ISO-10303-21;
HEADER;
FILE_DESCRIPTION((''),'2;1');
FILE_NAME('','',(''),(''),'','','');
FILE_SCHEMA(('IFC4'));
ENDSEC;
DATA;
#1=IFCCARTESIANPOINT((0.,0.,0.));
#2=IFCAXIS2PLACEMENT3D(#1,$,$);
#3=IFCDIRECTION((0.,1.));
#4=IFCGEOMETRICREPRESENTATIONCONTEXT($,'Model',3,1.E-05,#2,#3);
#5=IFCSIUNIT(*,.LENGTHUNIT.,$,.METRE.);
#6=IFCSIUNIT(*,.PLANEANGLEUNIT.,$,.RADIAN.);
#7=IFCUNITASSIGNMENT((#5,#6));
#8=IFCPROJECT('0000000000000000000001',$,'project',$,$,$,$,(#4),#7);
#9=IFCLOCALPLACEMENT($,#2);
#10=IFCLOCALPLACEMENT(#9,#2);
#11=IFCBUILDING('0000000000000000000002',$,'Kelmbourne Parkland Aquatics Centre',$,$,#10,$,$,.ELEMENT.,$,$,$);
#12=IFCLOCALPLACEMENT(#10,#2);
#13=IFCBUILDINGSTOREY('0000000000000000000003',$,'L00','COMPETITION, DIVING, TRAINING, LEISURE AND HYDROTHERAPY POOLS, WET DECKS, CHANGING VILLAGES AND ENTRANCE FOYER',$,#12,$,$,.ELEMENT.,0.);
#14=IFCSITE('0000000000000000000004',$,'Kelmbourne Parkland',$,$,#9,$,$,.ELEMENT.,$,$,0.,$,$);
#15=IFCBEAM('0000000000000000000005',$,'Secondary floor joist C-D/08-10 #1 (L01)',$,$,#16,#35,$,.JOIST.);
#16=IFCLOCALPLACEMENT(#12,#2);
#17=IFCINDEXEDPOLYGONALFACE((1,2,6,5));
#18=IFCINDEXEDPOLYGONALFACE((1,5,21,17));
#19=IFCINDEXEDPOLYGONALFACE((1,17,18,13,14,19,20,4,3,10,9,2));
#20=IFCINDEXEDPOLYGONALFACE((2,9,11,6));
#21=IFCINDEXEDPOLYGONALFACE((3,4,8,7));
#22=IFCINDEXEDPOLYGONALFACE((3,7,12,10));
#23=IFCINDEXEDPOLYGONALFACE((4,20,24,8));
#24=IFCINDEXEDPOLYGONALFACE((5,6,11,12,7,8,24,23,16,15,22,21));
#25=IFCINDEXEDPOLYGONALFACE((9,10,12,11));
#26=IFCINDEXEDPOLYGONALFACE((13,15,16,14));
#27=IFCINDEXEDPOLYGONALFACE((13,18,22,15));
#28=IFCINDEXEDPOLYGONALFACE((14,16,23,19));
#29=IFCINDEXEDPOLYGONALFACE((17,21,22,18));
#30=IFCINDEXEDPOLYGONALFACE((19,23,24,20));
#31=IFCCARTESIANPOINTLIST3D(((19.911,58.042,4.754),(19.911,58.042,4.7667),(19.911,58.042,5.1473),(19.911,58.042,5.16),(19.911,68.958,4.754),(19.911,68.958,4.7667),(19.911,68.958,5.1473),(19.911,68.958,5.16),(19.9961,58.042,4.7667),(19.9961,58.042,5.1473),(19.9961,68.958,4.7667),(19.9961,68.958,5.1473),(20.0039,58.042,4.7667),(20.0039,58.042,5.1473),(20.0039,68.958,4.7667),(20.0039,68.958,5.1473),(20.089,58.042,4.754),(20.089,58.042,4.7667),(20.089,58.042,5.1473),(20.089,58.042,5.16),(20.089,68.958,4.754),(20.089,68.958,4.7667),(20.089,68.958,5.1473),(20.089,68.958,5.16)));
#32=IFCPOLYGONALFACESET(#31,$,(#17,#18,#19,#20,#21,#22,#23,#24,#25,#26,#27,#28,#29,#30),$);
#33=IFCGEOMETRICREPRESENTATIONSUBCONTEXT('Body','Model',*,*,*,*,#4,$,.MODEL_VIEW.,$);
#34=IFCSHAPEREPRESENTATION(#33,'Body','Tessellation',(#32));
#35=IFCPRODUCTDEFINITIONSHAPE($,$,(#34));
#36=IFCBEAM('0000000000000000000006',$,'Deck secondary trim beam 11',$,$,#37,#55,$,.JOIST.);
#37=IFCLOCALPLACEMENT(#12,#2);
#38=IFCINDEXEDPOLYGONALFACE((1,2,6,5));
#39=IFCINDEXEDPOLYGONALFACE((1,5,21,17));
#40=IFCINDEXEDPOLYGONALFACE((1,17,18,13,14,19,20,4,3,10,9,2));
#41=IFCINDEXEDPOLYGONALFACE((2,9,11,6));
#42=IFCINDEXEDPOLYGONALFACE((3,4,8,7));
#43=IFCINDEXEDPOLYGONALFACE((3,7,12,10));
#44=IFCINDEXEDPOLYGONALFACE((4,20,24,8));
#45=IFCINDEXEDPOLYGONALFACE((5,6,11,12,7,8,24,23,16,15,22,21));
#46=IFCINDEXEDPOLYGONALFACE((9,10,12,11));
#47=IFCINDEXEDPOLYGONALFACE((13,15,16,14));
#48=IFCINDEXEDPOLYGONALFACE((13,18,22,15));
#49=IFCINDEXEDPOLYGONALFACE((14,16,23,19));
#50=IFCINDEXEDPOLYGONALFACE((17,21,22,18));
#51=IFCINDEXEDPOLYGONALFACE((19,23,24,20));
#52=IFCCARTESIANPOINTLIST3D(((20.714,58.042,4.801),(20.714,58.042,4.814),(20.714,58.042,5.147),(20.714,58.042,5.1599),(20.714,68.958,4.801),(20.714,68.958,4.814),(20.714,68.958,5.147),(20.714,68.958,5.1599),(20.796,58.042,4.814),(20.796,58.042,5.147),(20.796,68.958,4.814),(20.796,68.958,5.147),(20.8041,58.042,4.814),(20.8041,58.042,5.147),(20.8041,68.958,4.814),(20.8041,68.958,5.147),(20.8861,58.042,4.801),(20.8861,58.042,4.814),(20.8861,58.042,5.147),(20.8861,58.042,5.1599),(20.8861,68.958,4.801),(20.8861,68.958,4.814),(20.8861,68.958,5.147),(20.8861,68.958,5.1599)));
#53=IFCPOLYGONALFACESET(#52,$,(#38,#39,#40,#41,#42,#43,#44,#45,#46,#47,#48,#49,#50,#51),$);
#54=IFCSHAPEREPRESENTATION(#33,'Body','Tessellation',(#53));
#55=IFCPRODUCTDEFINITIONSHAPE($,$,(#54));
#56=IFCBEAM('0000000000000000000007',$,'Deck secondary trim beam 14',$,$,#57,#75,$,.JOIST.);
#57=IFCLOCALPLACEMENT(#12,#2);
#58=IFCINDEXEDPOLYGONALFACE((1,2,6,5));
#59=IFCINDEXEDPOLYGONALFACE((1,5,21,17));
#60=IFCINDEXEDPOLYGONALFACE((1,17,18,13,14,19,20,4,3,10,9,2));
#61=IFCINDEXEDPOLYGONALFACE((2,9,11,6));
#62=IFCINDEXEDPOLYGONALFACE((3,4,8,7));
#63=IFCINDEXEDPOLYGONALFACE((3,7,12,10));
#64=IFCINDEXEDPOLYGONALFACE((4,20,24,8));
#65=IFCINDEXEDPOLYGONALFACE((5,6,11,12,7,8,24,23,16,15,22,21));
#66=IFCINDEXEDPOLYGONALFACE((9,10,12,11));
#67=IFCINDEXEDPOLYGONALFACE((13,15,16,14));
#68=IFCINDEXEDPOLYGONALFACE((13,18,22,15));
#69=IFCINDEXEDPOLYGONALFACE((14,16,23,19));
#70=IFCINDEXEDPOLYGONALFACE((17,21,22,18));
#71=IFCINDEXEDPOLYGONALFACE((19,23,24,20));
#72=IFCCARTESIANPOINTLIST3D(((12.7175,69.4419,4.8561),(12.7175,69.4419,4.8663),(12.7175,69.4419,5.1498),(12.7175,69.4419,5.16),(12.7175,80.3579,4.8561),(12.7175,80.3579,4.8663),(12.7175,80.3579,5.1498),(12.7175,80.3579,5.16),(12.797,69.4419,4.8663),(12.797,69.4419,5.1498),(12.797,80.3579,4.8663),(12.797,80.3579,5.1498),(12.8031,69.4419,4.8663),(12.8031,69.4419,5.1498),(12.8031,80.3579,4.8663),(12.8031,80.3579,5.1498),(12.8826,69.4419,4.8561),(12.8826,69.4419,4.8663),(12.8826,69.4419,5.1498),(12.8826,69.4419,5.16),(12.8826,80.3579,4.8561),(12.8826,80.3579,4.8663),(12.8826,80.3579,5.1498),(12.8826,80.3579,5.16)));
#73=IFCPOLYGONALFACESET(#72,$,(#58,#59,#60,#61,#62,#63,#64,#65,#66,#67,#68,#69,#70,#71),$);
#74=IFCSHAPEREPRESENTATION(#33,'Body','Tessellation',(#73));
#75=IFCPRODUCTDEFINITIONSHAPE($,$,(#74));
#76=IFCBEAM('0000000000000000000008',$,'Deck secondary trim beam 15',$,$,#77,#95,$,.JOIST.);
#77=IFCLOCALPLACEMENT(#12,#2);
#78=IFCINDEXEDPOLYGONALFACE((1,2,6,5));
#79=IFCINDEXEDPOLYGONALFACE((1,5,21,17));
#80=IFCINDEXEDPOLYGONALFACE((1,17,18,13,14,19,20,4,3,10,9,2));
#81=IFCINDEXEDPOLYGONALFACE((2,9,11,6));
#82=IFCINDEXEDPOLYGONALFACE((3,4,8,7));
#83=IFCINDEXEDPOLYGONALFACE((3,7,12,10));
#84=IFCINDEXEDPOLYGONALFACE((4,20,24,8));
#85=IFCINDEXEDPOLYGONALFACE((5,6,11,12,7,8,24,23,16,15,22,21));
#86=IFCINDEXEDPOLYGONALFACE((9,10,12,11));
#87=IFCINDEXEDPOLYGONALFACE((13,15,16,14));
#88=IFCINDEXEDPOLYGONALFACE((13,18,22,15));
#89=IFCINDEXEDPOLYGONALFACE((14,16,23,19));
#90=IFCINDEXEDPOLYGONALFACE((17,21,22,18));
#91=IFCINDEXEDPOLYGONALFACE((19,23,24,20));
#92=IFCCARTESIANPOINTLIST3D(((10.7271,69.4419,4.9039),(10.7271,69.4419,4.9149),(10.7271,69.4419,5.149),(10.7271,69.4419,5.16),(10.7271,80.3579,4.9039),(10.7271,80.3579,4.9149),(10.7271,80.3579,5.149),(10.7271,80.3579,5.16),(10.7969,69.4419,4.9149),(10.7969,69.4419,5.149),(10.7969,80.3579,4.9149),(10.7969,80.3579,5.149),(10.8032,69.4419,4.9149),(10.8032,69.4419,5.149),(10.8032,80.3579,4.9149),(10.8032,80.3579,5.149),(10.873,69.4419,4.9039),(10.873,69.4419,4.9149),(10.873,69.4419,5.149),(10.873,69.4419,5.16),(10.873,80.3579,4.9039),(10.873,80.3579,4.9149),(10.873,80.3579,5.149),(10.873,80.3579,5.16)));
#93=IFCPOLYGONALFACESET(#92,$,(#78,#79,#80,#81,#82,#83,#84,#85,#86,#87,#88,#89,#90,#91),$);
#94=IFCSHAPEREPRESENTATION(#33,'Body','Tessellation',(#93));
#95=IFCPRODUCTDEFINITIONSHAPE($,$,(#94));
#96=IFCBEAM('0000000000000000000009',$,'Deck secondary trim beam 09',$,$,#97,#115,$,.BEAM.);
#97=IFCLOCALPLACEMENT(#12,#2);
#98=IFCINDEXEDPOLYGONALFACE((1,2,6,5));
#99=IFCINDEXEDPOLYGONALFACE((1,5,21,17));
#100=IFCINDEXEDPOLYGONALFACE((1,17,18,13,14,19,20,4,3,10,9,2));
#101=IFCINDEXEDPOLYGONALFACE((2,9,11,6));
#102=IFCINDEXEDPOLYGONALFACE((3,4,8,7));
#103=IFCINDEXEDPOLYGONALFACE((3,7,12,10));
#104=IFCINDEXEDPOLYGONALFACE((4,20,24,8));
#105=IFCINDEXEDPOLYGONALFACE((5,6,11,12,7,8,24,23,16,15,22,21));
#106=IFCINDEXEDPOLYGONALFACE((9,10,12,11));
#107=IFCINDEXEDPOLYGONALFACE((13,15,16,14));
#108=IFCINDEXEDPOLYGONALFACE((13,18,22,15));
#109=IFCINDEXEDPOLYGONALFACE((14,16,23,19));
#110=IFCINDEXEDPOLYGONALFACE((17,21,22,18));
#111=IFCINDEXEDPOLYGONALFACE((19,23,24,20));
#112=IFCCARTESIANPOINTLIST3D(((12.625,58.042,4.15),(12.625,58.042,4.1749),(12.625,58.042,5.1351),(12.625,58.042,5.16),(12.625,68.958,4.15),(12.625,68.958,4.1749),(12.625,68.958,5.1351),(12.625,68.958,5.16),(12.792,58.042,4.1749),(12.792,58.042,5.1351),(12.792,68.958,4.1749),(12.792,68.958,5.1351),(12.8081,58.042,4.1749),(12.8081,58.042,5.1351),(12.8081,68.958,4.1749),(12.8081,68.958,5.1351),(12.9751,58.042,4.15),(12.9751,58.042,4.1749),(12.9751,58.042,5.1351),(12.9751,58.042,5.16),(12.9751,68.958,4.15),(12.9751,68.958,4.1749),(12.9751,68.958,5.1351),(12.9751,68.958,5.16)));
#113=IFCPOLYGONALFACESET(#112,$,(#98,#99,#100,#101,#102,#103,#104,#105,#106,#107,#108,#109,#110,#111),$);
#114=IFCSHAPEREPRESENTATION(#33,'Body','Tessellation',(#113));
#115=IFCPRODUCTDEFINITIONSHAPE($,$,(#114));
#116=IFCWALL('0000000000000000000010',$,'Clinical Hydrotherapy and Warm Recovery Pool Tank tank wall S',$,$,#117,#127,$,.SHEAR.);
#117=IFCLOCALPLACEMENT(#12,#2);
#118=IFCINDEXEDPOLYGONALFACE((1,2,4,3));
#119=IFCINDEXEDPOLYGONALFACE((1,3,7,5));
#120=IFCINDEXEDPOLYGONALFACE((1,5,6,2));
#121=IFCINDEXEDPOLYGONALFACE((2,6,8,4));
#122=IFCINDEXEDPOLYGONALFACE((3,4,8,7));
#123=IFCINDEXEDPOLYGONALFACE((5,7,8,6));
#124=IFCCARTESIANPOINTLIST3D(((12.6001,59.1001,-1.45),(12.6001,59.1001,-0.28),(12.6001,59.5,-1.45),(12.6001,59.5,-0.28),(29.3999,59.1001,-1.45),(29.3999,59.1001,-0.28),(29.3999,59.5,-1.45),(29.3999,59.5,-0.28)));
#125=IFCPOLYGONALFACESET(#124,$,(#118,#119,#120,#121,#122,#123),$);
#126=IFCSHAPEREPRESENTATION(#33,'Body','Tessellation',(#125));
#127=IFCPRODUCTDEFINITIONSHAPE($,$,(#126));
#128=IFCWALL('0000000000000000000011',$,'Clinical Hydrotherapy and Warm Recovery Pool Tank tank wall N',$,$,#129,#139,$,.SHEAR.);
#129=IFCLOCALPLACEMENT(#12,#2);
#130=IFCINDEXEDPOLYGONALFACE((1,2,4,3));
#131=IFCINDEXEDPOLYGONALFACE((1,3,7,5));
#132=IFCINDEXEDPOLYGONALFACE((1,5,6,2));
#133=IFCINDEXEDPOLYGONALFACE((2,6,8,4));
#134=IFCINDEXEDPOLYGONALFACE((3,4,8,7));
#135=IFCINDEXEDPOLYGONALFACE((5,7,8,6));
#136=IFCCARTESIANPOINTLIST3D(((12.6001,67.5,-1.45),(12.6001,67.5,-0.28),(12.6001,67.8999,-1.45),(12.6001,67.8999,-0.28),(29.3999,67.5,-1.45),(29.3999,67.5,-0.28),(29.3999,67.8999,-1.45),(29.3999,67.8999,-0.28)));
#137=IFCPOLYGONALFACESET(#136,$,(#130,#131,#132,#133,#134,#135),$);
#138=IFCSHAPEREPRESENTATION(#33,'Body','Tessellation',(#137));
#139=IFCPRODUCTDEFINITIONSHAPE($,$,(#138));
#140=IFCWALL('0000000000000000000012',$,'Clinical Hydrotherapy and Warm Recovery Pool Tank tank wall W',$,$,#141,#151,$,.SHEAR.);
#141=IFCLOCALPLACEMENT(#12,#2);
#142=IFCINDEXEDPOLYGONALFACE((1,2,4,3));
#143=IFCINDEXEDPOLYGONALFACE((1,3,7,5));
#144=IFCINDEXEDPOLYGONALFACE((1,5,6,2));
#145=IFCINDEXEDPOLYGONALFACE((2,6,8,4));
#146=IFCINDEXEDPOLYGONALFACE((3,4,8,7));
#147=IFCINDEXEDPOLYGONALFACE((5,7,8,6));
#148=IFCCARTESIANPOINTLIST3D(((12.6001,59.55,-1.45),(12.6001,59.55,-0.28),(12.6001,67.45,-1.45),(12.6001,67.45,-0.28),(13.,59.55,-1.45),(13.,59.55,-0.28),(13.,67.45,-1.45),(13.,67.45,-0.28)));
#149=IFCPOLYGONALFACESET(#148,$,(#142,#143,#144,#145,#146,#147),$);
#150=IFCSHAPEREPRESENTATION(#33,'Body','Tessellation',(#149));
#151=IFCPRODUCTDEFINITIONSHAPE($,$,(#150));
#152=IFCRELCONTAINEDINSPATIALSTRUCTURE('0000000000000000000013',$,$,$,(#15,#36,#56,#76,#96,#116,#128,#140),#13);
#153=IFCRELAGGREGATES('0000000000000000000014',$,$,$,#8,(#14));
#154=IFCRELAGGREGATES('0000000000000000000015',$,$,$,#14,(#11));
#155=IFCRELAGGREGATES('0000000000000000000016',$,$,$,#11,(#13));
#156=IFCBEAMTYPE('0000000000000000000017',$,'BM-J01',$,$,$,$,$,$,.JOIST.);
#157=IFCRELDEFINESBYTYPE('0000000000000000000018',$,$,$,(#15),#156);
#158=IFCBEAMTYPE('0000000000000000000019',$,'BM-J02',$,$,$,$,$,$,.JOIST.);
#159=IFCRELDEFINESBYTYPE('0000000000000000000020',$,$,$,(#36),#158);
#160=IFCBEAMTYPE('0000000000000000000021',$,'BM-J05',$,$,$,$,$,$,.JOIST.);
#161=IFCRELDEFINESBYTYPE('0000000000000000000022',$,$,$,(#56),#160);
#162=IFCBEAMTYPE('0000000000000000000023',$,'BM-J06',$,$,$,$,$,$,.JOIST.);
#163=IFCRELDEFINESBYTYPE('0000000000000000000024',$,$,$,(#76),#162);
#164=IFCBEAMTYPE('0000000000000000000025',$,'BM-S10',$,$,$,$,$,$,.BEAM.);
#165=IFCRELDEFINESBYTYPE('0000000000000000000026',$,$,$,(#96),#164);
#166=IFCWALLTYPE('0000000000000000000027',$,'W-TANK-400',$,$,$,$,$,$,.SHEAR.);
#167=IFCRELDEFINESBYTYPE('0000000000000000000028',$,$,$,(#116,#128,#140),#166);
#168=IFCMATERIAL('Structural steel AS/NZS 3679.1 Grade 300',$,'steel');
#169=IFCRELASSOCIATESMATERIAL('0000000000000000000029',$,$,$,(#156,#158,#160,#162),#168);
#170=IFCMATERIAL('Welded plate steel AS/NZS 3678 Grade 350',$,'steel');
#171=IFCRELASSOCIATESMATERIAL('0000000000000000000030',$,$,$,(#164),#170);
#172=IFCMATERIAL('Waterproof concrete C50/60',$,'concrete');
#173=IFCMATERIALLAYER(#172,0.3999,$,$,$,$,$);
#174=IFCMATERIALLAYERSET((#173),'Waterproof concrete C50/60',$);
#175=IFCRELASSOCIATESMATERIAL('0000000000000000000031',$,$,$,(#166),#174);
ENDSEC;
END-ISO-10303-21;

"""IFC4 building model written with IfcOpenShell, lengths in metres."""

from ifc_helpers import new_model, si_unit, direction, frame, frame_2d, origin, origin_2d, place, context, subcontext, project, spatial, rectangle, i_section, extrude, material, layer, layer_set, material_profile, profile_set, type_object, element, save


model = new_model("IFC4")

# Units and contexts
model_context = context("Model", 3, precision=1e-05, world=origin(), true_north=direction((0.0, 1.0)))
body_context = subcontext(model_context, "Body", "Model", "MODEL_VIEW")
ifc_project = project(units=[si_unit("LENGTHUNIT", "METRE"), si_unit("PLANEANGLEUNIT", "RADIAN")], contexts=[model_context])

# Site, building, storey
site_placement = place(None, origin())
site = spatial("IfcSite", under=ifc_project, at=site_placement, Name="Kelmbourne Parkland", CompositionType="ELEMENT", RefElevation=0.0)
building_placement = place(site_placement, origin())
building = spatial("IfcBuilding", under=site, at=building_placement, Name="Kelmbourne Parkland Aquatics Centre", CompositionType="ELEMENT")
storey_placement = place(building_placement, origin())
storey = spatial("IfcBuildingStorey", under=building, at=storey_placement, Name="L00", Description="COMPETITION, DIVING, TRAINING, LEISURE AND HYDROTHERAPY POOLS, WET DECKS, CHANGING VILLAGES AND ENTRANCE FOYER", CompositionType="ELEMENT", Elevation=0.0)

# Beams
ifc_material_1 = material(Name="Structural steel AS/NZS 3679.1 Grade 300", Category="steel")
ifc_material_profile_1 = material_profile(ifc_material_1, i_section(OverallWidth=0.178, OverallDepth=0.406, WebThickness=0.0078, FlangeThickness=0.0127, at=origin_2d()), Name="410UB59.7")
ifc_profile_set_1 = profile_set([ifc_material_profile_1], Name="Structural steel AS/NZS 3679.1 Grade 300")
beam_type_1 = type_object("IfcBeamType", Name="BM-J01", PredefinedType="JOIST", material=ifc_profile_set_1)
for number, where, z_axis, x_axis, name in (
    (1, (20.0, 58.042, 4.957), (0.0, 1.0, 0.0), (-1.0, 0.0, 0.0), "Secondary floor joist C-D/08-10 #1 (L01)"),
):
    element("IfcBeam", number, at=place(storey_placement, frame(where, z_axis=z_axis, x_axis=x_axis)), inside=storey, type_object=beam_type_1, Name=name, PredefinedType="JOIST", context=body_context, shape_type="SweptSolid", body=[
        extrude(i_section(OverallWidth=0.178, OverallDepth=0.406, WebThickness=0.0078, FlangeThickness=0.0127, at=origin_2d()), origin(), (0.0, 0.0, 1.0), 10.916),
    ])
ifc_material_profile_2 = material_profile(ifc_material_1, i_section(OverallWidth=0.1721, OverallDepth=0.3589, WebThickness=0.0081, FlangeThickness=0.0129, at=origin_2d()), Name="360UB56.7")
ifc_profile_set_2 = profile_set([ifc_material_profile_2], Name="Structural steel AS/NZS 3679.1 Grade 300")
beam_type_2 = type_object("IfcBeamType", Name="BM-J02", PredefinedType="JOIST", material=ifc_profile_set_2)
beam_1_placement = place(storey_placement, frame((20.8, 58.042, 4.9805), z_axis=(0.0, 1.0, 0.0), x_axis=(-1.0, 0.0, 0.0)))
element("IfcBeam", 2, at=beam_1_placement, inside=storey, type_object=beam_type_2, Name="Deck secondary trim beam 11", PredefinedType="JOIST", context=body_context, shape_type="SweptSolid", body=[
    extrude(i_section(OverallWidth=0.1721, OverallDepth=0.3589, WebThickness=0.0081, FlangeThickness=0.0129, at=origin_2d()), origin(), (0.0, 0.0, 1.0), 10.916),
])
ifc_material_profile_3 = material_profile(ifc_material_1, i_section(OverallWidth=0.165, OverallDepth=0.304, WebThickness=0.0061, FlangeThickness=0.0103, at=origin_2d()), Name="310UB40.4")
ifc_profile_set_3 = profile_set([ifc_material_profile_3], Name="Structural steel AS/NZS 3679.1 Grade 300")
beam_type_3 = type_object("IfcBeamType", Name="BM-J05", PredefinedType="JOIST", material=ifc_profile_set_3)
beam_2_placement = place(storey_placement, frame((12.8, 69.4419, 5.0081), z_axis=(0.0, 1.0, 0.0), x_axis=(-1.0, 0.0, 0.0)))
element("IfcBeam", 3, at=beam_2_placement, inside=storey, type_object=beam_type_3, Name="Deck secondary trim beam 14", PredefinedType="JOIST", context=body_context, shape_type="SweptSolid", body=[
    extrude(i_section(OverallWidth=0.165, OverallDepth=0.304, WebThickness=0.0061, FlangeThickness=0.0103, at=origin_2d()), origin(), (0.0, 0.0, 1.0), 10.916),
])
ifc_material_profile_4 = material_profile(ifc_material_1, i_section(OverallWidth=0.146, OverallDepth=0.2561, WebThickness=0.0063, FlangeThickness=0.011, at=origin_2d()), Name="250UB37.3")
ifc_profile_set_4 = profile_set([ifc_material_profile_4], Name="Structural steel AS/NZS 3679.1 Grade 300")
beam_type_4 = type_object("IfcBeamType", Name="BM-J06", PredefinedType="JOIST", material=ifc_profile_set_4)
beam_3_placement = place(storey_placement, frame((10.8, 69.4419, 5.032), z_axis=(0.0, 1.0, 0.0), x_axis=(-1.0, 0.0, 0.0)))
element("IfcBeam", 4, at=beam_3_placement, inside=storey, type_object=beam_type_4, Name="Deck secondary trim beam 15", PredefinedType="JOIST", context=body_context, shape_type="SweptSolid", body=[
    extrude(i_section(OverallWidth=0.146, OverallDepth=0.2561, WebThickness=0.0063, FlangeThickness=0.011, at=origin_2d()), origin(), (0.0, 0.0, 1.0), 10.916),
])
ifc_material_2 = material(Name="Welded plate steel AS/NZS 3678 Grade 350", Category="steel")
ifc_material_profile_5 = material_profile(ifc_material_2, i_section(OverallWidth=0.3501, OverallDepth=1.01, WebThickness=0.0161, FlangeThickness=0.0249, at=origin_2d()), Name="1000WB258")
ifc_profile_set_5 = profile_set([ifc_material_profile_5], Name="Welded plate steel AS/NZS 3678 Grade 350")
beam_type_5 = type_object("IfcBeamType", Name="BM-S10", PredefinedType="BEAM", material=ifc_profile_set_5)
beam_4_placement = place(storey_placement, frame((12.8, 58.042, 4.655), z_axis=(0.0, 1.0, 0.0), x_axis=(-1.0, 0.0, 0.0)))
element("IfcBeam", 5, at=beam_4_placement, inside=storey, type_object=beam_type_5, Name="Deck secondary trim beam 09", PredefinedType="BEAM", context=body_context, shape_type="SweptSolid", body=[
    extrude(i_section(OverallWidth=0.3501, OverallDepth=1.01, WebThickness=0.0161, FlangeThickness=0.0249, at=origin_2d()), origin(), (0.0, 0.0, 1.0), 10.916),
])

# Walls
ifc_material_3 = material(Name="Waterproof concrete C50/60", Category="concrete")
ifc_layer = layer(ifc_material_3, 0.3999)
ifc_layer_set = layer_set([ifc_layer], Name="Waterproof concrete C50/60")
wall_type = type_object("IfcWallType", Name="W-TANK-400", PredefinedType="SHEAR", material=ifc_layer_set)
for number, where, z_axis, x_axis, name in (
    (6, (12.6001, 59.3, -1.45), (0.0, 0.0, 1.0), (1.0, 0.0, 0.0), "Clinical Hydrotherapy and Warm Recovery Pool Tank tank wall S"),
    (7, (12.6001, 67.7, -1.45), (0.0, 0.0, 1.0), (1.0, 0.0, 0.0), "Clinical Hydrotherapy and Warm Recovery Pool Tank tank wall N"),
):
    element("IfcWall", number, at=place(storey_placement, frame(where, z_axis=z_axis, x_axis=x_axis)), inside=storey, type_object=wall_type, Name=name, PredefinedType="SHEAR", context=body_context, shape_type="SweptSolid", body=[
        extrude(rectangle(XDim=16.7998, YDim=0.3999, at=frame_2d((8.3999, 0.0))), origin(), (0.0, 0.0, 1.0), 1.1699),
    ])
wall_placement = place(storey_placement, frame((12.8, 59.55, -1.45), z_axis=(0.0, 0.0, 1.0), x_axis=(0.0, 1.0, 0.0)))
element("IfcWall", 8, at=wall_placement, inside=storey, type_object=wall_type, Name="Clinical Hydrotherapy and Warm Recovery Pool Tank tank wall W", PredefinedType="SHEAR", context=body_context, shape_type="SweptSolid", body=[
    extrude(rectangle(XDim=7.8999, YDim=0.3999, at=frame_2d((3.95, 0.0))), origin(), (0.0, 0.0, 1.0), 1.1699),
])

save(model, "model.ifc")
